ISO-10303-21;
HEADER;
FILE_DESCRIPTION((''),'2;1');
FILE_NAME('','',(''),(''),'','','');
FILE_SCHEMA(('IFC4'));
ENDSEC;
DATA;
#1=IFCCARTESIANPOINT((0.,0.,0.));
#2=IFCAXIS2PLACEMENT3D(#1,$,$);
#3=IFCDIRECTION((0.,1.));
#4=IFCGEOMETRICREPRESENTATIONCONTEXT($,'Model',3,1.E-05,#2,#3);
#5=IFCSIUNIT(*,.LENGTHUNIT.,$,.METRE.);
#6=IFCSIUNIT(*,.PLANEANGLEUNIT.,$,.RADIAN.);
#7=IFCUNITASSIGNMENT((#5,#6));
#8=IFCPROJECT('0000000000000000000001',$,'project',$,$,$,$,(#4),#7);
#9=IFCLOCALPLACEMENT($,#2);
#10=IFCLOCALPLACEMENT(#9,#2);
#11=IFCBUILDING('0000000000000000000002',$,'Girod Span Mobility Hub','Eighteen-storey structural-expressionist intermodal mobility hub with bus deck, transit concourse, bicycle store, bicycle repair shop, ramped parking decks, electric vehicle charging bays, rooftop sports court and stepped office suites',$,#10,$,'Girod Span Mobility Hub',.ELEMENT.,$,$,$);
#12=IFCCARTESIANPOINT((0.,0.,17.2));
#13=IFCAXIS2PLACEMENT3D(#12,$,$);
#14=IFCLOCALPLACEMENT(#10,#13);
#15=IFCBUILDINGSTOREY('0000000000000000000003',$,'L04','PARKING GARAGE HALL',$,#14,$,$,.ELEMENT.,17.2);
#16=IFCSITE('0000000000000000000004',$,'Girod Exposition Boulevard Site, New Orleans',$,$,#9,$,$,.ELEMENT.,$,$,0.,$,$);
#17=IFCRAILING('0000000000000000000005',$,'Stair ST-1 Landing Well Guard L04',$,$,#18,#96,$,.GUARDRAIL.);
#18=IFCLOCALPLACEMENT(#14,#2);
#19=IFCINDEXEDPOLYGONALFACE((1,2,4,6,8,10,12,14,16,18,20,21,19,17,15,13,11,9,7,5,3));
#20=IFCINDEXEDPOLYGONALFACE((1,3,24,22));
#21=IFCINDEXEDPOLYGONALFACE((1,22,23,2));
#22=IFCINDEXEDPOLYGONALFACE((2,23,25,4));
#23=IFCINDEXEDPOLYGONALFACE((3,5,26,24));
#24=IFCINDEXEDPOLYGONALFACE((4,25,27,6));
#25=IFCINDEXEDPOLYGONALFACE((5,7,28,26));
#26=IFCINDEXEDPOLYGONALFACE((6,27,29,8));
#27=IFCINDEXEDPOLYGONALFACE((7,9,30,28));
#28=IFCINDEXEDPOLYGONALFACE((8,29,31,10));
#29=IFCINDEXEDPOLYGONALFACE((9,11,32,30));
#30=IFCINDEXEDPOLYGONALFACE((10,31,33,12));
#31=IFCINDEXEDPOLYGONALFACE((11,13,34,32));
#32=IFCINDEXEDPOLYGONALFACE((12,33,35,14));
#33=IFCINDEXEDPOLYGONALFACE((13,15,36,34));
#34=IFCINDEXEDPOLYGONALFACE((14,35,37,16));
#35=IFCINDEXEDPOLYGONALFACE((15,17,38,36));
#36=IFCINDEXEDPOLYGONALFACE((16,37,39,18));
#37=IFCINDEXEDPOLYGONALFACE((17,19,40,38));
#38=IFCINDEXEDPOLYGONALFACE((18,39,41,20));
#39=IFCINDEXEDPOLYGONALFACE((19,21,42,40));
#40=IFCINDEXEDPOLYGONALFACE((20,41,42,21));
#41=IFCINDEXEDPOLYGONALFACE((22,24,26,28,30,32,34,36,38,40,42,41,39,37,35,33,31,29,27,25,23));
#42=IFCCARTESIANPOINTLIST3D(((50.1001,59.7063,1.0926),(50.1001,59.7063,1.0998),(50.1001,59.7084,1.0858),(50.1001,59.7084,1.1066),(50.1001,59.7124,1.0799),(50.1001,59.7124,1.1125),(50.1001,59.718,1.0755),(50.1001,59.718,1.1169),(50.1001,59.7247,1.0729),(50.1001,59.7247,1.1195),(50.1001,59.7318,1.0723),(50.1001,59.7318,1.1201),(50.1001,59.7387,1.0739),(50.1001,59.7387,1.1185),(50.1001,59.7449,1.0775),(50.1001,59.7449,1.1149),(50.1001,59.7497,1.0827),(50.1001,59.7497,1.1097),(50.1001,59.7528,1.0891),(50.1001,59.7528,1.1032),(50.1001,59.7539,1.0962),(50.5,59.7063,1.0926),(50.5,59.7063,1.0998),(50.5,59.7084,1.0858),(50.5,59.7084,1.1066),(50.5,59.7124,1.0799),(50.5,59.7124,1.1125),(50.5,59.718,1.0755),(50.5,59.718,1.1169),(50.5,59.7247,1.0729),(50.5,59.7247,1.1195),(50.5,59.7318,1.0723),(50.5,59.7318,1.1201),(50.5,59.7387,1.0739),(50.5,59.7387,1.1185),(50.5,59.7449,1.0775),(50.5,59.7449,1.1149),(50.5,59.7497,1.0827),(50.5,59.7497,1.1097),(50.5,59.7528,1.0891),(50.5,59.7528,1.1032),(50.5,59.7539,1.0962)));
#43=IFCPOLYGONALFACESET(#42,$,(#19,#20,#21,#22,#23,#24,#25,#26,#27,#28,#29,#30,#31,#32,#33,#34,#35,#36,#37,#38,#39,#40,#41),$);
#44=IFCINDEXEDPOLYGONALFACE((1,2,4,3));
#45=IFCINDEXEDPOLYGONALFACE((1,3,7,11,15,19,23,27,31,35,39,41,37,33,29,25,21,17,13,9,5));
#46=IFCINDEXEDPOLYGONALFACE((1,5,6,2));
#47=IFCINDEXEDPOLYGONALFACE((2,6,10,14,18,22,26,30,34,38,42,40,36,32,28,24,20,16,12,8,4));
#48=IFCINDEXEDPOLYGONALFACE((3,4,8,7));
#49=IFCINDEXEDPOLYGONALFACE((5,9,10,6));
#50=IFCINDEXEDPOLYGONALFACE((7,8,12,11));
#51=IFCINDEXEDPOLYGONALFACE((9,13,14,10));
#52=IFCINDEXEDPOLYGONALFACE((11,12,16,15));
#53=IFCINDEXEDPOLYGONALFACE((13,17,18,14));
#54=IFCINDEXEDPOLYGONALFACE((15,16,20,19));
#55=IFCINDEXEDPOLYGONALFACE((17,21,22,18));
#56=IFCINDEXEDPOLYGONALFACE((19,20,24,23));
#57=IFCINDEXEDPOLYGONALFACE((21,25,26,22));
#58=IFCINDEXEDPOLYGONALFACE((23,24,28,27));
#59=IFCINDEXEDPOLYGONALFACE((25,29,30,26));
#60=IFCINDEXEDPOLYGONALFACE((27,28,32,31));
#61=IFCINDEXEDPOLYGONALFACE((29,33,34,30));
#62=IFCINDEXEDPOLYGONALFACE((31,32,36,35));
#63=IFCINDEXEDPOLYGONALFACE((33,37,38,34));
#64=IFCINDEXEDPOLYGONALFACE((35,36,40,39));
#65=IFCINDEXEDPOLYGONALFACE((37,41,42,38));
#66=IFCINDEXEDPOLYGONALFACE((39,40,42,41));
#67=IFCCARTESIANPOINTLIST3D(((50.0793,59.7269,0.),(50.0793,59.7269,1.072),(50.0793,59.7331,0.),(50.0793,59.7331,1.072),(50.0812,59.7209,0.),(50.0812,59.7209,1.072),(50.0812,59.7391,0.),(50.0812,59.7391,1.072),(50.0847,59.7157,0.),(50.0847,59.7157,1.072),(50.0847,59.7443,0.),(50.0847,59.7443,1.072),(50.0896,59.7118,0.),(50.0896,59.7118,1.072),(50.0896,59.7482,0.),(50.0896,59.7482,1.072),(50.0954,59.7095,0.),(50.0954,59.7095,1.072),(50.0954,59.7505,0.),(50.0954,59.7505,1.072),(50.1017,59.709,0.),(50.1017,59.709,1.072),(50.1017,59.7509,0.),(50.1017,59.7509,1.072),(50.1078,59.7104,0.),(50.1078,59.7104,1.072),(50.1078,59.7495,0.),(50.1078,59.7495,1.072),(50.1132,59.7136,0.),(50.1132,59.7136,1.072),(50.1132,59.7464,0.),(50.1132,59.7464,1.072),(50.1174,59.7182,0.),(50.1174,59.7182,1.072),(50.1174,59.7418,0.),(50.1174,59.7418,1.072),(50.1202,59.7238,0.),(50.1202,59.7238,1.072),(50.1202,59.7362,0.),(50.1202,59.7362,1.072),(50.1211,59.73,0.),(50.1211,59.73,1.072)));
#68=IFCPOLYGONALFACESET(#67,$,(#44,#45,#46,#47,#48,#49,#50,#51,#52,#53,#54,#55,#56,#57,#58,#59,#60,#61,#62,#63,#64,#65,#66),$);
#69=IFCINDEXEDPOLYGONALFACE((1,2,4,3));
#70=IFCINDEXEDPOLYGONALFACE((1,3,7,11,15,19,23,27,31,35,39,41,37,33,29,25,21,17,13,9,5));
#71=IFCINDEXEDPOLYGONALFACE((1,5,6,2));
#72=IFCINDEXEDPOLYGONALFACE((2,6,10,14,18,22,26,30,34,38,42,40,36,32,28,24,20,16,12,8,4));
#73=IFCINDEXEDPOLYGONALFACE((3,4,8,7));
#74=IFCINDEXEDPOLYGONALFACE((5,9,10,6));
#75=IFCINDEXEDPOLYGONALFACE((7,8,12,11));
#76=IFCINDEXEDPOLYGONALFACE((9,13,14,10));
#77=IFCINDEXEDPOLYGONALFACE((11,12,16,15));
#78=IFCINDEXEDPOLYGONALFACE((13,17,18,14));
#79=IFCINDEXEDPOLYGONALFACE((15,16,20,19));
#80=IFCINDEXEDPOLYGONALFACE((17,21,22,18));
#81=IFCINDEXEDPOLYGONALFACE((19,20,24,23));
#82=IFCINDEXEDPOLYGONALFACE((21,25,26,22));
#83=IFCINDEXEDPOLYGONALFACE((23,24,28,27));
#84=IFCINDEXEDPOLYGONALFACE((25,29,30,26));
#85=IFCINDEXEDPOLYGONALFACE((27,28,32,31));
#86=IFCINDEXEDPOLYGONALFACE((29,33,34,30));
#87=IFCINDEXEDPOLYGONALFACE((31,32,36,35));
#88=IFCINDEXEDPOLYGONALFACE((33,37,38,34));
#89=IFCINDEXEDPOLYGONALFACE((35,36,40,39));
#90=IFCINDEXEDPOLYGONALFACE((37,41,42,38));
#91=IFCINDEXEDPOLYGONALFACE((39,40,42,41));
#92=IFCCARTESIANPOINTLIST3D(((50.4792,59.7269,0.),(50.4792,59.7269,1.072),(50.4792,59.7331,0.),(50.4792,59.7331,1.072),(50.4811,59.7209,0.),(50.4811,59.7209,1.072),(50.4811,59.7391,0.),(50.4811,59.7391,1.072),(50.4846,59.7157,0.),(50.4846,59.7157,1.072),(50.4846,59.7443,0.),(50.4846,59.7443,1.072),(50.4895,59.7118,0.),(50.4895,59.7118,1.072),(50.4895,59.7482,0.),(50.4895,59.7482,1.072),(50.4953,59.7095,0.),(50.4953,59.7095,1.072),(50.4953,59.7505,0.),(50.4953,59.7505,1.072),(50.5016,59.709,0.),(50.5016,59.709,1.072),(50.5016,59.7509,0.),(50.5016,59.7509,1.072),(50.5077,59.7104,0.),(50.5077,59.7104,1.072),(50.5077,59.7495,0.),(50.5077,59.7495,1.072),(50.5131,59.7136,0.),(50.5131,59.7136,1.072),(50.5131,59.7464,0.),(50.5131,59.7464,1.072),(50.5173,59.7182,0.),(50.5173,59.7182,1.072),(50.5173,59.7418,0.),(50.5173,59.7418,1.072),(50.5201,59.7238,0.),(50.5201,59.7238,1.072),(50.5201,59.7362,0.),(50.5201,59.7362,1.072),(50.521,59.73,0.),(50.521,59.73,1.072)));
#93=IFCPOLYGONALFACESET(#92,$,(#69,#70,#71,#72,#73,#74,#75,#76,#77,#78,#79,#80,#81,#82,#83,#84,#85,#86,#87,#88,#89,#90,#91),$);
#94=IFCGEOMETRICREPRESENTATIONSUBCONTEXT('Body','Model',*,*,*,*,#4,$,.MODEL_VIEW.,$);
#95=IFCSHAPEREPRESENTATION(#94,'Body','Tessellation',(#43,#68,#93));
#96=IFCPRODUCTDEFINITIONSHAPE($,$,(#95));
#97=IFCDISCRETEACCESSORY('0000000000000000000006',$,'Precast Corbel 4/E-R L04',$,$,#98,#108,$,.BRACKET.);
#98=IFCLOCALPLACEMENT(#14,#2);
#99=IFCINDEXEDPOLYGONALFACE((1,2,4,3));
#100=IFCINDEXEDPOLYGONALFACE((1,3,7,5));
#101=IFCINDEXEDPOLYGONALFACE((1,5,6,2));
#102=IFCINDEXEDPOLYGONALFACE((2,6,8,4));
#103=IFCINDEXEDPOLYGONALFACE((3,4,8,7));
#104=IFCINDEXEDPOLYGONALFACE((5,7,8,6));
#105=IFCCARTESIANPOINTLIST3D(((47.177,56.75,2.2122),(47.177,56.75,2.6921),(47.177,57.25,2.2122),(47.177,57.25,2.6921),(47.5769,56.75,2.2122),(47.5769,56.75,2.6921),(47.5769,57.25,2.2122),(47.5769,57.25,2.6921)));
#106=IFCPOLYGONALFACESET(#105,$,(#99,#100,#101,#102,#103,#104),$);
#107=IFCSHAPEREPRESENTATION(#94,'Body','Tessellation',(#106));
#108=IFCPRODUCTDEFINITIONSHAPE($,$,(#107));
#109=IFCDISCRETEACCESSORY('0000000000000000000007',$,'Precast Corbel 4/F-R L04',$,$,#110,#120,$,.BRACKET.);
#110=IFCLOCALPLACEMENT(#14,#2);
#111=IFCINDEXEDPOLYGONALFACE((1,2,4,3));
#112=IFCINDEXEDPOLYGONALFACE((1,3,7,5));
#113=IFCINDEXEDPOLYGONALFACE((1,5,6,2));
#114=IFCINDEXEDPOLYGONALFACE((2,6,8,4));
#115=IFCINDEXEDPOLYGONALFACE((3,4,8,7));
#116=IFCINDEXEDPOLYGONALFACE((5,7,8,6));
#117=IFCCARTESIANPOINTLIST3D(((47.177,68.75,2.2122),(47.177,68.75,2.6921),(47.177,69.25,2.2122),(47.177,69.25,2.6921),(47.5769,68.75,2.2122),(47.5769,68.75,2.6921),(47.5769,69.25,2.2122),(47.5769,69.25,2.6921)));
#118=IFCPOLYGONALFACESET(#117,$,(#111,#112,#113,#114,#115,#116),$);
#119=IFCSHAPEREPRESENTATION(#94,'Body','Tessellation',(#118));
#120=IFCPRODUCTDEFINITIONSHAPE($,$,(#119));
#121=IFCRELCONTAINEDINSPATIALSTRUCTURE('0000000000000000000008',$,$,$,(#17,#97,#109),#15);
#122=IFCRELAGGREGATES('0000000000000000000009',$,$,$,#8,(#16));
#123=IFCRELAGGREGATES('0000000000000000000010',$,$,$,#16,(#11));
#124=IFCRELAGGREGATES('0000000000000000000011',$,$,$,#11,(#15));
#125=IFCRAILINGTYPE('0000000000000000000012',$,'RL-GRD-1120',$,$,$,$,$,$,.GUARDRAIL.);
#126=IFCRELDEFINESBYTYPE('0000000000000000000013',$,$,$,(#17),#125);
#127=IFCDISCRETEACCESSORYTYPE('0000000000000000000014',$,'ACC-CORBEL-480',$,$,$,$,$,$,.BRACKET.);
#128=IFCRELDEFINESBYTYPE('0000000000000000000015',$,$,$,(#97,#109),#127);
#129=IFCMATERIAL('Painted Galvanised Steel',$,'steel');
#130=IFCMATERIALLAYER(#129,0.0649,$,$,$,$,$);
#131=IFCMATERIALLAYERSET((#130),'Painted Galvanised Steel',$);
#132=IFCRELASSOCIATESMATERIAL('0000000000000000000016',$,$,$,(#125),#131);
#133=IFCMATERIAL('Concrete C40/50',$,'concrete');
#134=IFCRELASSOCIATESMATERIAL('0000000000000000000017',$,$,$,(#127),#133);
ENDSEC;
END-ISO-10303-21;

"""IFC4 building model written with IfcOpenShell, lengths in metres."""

from ifc_helpers import new_model, si_unit, direction, frame, origin, origin_2d, place, context, subcontext, project, spatial, rectangle, circle, extrude, material, layer, layer_set, type_object, element, save


model = new_model("IFC4")

# Units and contexts
model_context = context("Model", 3, precision=1e-05, world=origin(), true_north=direction((0.0, 1.0)))
body_context = subcontext(model_context, "Body", "Model", "MODEL_VIEW")
ifc_project = project(units=[si_unit("LENGTHUNIT", "METRE"), si_unit("PLANEANGLEUNIT", "RADIAN")], contexts=[model_context])

# Site, building, storey
site_placement = place(None, origin())
site = spatial("IfcSite", under=ifc_project, at=site_placement, Name="Girod Exposition Boulevard Site, New Orleans", CompositionType="ELEMENT", RefElevation=0.0)
building_placement = place(site_placement, origin())
building = spatial("IfcBuilding", under=site, at=building_placement, Name="Girod Span Mobility Hub", Description="Eighteen-storey structural-expressionist intermodal mobility hub with bus deck, transit concourse, bicycle store, bicycle repair shop, ramped parking decks, electric vehicle charging bays, rooftop sports court and stepped office suites", LongName="Girod Span Mobility Hub", CompositionType="ELEMENT")
storey_placement = place(building_placement, frame((0.0, 0.0, 17.2)))
storey = spatial("IfcBuildingStorey", under=building, at=storey_placement, Name="L04", Description="PARKING GARAGE HALL", CompositionType="ELEMENT", Elevation=17.2)

# Railing
ifc_material_1 = material(Name="Painted Galvanised Steel", Category="steel")
ifc_layer_1 = layer(ifc_material_1, 0.0649)
ifc_layer_set_1 = layer_set([ifc_layer_1], Name="Painted Galvanised Steel")
railing_type_1 = type_object("IfcRailingType", Name="RL-GRD-1120", PredefinedType="GUARDRAIL", material=ifc_layer_set_1)
for number, where, name in (
    (1, (50.1001, 59.73, 0.0), "Stair ST-1 Landing Well Guard L04"),
):
    element("IfcRailing", number, at=place(storey_placement, frame(where)), inside=storey, type_object=railing_type_1, Name=name, PredefinedType="GUARDRAIL", context=body_context, shape_type="SweptSolid", body=[
        extrude(circle(Radius=0.0239, at=origin_2d()), frame((0.0, 0.0, 1.0962), z_axis=(1.0, 0.0, 0.0), x_axis=(0.0, 1.0, 0.0)), (0.0, 0.0, 1.0), 0.3999),
        extrude(circle(Radius=0.021, at=origin_2d()), origin(), (0.0, 0.0, 1.0), 1.072),
        extrude(circle(Radius=0.021, at=origin_2d()), frame((0.3999, 0.0, 0.0)), (0.0, 0.0, 1.0), 1.072),
    ])

# Discrete accessories
ifc_material_2 = material(Name="Concrete C40/50", Category="concrete")
discrete_accessory_type = type_object("IfcDiscreteAccessoryType", Name="ACC-CORBEL-480", PredefinedType="BRACKET", material=ifc_material_2)
for number, where, z_axis, x_axis, name in (
    (2, (47.377, 57.0, 2.2122), (0.0, 0.0, 1.0), (1.0, 0.0, 0.0), "Precast Corbel 4/E-R L04"),
    (3, (47.377, 69.0, 2.2122), (0.0, 0.0, 1.0), (1.0, 0.0, 0.0), "Precast Corbel 4/F-R L04"),
):
    element("IfcDiscreteAccessory", number, at=place(storey_placement, frame(where, z_axis=z_axis, x_axis=x_axis)), inside=storey, type_object=discrete_accessory_type, Name=name, PredefinedType="BRACKET", context=body_context, shape_type="SweptSolid", body=[
        extrude(rectangle(XDim=0.3999, YDim=0.5, at=origin_2d()), origin(), (0.0, 0.0, 1.0), 0.48),
    ])

save(model, "model.ifc")
